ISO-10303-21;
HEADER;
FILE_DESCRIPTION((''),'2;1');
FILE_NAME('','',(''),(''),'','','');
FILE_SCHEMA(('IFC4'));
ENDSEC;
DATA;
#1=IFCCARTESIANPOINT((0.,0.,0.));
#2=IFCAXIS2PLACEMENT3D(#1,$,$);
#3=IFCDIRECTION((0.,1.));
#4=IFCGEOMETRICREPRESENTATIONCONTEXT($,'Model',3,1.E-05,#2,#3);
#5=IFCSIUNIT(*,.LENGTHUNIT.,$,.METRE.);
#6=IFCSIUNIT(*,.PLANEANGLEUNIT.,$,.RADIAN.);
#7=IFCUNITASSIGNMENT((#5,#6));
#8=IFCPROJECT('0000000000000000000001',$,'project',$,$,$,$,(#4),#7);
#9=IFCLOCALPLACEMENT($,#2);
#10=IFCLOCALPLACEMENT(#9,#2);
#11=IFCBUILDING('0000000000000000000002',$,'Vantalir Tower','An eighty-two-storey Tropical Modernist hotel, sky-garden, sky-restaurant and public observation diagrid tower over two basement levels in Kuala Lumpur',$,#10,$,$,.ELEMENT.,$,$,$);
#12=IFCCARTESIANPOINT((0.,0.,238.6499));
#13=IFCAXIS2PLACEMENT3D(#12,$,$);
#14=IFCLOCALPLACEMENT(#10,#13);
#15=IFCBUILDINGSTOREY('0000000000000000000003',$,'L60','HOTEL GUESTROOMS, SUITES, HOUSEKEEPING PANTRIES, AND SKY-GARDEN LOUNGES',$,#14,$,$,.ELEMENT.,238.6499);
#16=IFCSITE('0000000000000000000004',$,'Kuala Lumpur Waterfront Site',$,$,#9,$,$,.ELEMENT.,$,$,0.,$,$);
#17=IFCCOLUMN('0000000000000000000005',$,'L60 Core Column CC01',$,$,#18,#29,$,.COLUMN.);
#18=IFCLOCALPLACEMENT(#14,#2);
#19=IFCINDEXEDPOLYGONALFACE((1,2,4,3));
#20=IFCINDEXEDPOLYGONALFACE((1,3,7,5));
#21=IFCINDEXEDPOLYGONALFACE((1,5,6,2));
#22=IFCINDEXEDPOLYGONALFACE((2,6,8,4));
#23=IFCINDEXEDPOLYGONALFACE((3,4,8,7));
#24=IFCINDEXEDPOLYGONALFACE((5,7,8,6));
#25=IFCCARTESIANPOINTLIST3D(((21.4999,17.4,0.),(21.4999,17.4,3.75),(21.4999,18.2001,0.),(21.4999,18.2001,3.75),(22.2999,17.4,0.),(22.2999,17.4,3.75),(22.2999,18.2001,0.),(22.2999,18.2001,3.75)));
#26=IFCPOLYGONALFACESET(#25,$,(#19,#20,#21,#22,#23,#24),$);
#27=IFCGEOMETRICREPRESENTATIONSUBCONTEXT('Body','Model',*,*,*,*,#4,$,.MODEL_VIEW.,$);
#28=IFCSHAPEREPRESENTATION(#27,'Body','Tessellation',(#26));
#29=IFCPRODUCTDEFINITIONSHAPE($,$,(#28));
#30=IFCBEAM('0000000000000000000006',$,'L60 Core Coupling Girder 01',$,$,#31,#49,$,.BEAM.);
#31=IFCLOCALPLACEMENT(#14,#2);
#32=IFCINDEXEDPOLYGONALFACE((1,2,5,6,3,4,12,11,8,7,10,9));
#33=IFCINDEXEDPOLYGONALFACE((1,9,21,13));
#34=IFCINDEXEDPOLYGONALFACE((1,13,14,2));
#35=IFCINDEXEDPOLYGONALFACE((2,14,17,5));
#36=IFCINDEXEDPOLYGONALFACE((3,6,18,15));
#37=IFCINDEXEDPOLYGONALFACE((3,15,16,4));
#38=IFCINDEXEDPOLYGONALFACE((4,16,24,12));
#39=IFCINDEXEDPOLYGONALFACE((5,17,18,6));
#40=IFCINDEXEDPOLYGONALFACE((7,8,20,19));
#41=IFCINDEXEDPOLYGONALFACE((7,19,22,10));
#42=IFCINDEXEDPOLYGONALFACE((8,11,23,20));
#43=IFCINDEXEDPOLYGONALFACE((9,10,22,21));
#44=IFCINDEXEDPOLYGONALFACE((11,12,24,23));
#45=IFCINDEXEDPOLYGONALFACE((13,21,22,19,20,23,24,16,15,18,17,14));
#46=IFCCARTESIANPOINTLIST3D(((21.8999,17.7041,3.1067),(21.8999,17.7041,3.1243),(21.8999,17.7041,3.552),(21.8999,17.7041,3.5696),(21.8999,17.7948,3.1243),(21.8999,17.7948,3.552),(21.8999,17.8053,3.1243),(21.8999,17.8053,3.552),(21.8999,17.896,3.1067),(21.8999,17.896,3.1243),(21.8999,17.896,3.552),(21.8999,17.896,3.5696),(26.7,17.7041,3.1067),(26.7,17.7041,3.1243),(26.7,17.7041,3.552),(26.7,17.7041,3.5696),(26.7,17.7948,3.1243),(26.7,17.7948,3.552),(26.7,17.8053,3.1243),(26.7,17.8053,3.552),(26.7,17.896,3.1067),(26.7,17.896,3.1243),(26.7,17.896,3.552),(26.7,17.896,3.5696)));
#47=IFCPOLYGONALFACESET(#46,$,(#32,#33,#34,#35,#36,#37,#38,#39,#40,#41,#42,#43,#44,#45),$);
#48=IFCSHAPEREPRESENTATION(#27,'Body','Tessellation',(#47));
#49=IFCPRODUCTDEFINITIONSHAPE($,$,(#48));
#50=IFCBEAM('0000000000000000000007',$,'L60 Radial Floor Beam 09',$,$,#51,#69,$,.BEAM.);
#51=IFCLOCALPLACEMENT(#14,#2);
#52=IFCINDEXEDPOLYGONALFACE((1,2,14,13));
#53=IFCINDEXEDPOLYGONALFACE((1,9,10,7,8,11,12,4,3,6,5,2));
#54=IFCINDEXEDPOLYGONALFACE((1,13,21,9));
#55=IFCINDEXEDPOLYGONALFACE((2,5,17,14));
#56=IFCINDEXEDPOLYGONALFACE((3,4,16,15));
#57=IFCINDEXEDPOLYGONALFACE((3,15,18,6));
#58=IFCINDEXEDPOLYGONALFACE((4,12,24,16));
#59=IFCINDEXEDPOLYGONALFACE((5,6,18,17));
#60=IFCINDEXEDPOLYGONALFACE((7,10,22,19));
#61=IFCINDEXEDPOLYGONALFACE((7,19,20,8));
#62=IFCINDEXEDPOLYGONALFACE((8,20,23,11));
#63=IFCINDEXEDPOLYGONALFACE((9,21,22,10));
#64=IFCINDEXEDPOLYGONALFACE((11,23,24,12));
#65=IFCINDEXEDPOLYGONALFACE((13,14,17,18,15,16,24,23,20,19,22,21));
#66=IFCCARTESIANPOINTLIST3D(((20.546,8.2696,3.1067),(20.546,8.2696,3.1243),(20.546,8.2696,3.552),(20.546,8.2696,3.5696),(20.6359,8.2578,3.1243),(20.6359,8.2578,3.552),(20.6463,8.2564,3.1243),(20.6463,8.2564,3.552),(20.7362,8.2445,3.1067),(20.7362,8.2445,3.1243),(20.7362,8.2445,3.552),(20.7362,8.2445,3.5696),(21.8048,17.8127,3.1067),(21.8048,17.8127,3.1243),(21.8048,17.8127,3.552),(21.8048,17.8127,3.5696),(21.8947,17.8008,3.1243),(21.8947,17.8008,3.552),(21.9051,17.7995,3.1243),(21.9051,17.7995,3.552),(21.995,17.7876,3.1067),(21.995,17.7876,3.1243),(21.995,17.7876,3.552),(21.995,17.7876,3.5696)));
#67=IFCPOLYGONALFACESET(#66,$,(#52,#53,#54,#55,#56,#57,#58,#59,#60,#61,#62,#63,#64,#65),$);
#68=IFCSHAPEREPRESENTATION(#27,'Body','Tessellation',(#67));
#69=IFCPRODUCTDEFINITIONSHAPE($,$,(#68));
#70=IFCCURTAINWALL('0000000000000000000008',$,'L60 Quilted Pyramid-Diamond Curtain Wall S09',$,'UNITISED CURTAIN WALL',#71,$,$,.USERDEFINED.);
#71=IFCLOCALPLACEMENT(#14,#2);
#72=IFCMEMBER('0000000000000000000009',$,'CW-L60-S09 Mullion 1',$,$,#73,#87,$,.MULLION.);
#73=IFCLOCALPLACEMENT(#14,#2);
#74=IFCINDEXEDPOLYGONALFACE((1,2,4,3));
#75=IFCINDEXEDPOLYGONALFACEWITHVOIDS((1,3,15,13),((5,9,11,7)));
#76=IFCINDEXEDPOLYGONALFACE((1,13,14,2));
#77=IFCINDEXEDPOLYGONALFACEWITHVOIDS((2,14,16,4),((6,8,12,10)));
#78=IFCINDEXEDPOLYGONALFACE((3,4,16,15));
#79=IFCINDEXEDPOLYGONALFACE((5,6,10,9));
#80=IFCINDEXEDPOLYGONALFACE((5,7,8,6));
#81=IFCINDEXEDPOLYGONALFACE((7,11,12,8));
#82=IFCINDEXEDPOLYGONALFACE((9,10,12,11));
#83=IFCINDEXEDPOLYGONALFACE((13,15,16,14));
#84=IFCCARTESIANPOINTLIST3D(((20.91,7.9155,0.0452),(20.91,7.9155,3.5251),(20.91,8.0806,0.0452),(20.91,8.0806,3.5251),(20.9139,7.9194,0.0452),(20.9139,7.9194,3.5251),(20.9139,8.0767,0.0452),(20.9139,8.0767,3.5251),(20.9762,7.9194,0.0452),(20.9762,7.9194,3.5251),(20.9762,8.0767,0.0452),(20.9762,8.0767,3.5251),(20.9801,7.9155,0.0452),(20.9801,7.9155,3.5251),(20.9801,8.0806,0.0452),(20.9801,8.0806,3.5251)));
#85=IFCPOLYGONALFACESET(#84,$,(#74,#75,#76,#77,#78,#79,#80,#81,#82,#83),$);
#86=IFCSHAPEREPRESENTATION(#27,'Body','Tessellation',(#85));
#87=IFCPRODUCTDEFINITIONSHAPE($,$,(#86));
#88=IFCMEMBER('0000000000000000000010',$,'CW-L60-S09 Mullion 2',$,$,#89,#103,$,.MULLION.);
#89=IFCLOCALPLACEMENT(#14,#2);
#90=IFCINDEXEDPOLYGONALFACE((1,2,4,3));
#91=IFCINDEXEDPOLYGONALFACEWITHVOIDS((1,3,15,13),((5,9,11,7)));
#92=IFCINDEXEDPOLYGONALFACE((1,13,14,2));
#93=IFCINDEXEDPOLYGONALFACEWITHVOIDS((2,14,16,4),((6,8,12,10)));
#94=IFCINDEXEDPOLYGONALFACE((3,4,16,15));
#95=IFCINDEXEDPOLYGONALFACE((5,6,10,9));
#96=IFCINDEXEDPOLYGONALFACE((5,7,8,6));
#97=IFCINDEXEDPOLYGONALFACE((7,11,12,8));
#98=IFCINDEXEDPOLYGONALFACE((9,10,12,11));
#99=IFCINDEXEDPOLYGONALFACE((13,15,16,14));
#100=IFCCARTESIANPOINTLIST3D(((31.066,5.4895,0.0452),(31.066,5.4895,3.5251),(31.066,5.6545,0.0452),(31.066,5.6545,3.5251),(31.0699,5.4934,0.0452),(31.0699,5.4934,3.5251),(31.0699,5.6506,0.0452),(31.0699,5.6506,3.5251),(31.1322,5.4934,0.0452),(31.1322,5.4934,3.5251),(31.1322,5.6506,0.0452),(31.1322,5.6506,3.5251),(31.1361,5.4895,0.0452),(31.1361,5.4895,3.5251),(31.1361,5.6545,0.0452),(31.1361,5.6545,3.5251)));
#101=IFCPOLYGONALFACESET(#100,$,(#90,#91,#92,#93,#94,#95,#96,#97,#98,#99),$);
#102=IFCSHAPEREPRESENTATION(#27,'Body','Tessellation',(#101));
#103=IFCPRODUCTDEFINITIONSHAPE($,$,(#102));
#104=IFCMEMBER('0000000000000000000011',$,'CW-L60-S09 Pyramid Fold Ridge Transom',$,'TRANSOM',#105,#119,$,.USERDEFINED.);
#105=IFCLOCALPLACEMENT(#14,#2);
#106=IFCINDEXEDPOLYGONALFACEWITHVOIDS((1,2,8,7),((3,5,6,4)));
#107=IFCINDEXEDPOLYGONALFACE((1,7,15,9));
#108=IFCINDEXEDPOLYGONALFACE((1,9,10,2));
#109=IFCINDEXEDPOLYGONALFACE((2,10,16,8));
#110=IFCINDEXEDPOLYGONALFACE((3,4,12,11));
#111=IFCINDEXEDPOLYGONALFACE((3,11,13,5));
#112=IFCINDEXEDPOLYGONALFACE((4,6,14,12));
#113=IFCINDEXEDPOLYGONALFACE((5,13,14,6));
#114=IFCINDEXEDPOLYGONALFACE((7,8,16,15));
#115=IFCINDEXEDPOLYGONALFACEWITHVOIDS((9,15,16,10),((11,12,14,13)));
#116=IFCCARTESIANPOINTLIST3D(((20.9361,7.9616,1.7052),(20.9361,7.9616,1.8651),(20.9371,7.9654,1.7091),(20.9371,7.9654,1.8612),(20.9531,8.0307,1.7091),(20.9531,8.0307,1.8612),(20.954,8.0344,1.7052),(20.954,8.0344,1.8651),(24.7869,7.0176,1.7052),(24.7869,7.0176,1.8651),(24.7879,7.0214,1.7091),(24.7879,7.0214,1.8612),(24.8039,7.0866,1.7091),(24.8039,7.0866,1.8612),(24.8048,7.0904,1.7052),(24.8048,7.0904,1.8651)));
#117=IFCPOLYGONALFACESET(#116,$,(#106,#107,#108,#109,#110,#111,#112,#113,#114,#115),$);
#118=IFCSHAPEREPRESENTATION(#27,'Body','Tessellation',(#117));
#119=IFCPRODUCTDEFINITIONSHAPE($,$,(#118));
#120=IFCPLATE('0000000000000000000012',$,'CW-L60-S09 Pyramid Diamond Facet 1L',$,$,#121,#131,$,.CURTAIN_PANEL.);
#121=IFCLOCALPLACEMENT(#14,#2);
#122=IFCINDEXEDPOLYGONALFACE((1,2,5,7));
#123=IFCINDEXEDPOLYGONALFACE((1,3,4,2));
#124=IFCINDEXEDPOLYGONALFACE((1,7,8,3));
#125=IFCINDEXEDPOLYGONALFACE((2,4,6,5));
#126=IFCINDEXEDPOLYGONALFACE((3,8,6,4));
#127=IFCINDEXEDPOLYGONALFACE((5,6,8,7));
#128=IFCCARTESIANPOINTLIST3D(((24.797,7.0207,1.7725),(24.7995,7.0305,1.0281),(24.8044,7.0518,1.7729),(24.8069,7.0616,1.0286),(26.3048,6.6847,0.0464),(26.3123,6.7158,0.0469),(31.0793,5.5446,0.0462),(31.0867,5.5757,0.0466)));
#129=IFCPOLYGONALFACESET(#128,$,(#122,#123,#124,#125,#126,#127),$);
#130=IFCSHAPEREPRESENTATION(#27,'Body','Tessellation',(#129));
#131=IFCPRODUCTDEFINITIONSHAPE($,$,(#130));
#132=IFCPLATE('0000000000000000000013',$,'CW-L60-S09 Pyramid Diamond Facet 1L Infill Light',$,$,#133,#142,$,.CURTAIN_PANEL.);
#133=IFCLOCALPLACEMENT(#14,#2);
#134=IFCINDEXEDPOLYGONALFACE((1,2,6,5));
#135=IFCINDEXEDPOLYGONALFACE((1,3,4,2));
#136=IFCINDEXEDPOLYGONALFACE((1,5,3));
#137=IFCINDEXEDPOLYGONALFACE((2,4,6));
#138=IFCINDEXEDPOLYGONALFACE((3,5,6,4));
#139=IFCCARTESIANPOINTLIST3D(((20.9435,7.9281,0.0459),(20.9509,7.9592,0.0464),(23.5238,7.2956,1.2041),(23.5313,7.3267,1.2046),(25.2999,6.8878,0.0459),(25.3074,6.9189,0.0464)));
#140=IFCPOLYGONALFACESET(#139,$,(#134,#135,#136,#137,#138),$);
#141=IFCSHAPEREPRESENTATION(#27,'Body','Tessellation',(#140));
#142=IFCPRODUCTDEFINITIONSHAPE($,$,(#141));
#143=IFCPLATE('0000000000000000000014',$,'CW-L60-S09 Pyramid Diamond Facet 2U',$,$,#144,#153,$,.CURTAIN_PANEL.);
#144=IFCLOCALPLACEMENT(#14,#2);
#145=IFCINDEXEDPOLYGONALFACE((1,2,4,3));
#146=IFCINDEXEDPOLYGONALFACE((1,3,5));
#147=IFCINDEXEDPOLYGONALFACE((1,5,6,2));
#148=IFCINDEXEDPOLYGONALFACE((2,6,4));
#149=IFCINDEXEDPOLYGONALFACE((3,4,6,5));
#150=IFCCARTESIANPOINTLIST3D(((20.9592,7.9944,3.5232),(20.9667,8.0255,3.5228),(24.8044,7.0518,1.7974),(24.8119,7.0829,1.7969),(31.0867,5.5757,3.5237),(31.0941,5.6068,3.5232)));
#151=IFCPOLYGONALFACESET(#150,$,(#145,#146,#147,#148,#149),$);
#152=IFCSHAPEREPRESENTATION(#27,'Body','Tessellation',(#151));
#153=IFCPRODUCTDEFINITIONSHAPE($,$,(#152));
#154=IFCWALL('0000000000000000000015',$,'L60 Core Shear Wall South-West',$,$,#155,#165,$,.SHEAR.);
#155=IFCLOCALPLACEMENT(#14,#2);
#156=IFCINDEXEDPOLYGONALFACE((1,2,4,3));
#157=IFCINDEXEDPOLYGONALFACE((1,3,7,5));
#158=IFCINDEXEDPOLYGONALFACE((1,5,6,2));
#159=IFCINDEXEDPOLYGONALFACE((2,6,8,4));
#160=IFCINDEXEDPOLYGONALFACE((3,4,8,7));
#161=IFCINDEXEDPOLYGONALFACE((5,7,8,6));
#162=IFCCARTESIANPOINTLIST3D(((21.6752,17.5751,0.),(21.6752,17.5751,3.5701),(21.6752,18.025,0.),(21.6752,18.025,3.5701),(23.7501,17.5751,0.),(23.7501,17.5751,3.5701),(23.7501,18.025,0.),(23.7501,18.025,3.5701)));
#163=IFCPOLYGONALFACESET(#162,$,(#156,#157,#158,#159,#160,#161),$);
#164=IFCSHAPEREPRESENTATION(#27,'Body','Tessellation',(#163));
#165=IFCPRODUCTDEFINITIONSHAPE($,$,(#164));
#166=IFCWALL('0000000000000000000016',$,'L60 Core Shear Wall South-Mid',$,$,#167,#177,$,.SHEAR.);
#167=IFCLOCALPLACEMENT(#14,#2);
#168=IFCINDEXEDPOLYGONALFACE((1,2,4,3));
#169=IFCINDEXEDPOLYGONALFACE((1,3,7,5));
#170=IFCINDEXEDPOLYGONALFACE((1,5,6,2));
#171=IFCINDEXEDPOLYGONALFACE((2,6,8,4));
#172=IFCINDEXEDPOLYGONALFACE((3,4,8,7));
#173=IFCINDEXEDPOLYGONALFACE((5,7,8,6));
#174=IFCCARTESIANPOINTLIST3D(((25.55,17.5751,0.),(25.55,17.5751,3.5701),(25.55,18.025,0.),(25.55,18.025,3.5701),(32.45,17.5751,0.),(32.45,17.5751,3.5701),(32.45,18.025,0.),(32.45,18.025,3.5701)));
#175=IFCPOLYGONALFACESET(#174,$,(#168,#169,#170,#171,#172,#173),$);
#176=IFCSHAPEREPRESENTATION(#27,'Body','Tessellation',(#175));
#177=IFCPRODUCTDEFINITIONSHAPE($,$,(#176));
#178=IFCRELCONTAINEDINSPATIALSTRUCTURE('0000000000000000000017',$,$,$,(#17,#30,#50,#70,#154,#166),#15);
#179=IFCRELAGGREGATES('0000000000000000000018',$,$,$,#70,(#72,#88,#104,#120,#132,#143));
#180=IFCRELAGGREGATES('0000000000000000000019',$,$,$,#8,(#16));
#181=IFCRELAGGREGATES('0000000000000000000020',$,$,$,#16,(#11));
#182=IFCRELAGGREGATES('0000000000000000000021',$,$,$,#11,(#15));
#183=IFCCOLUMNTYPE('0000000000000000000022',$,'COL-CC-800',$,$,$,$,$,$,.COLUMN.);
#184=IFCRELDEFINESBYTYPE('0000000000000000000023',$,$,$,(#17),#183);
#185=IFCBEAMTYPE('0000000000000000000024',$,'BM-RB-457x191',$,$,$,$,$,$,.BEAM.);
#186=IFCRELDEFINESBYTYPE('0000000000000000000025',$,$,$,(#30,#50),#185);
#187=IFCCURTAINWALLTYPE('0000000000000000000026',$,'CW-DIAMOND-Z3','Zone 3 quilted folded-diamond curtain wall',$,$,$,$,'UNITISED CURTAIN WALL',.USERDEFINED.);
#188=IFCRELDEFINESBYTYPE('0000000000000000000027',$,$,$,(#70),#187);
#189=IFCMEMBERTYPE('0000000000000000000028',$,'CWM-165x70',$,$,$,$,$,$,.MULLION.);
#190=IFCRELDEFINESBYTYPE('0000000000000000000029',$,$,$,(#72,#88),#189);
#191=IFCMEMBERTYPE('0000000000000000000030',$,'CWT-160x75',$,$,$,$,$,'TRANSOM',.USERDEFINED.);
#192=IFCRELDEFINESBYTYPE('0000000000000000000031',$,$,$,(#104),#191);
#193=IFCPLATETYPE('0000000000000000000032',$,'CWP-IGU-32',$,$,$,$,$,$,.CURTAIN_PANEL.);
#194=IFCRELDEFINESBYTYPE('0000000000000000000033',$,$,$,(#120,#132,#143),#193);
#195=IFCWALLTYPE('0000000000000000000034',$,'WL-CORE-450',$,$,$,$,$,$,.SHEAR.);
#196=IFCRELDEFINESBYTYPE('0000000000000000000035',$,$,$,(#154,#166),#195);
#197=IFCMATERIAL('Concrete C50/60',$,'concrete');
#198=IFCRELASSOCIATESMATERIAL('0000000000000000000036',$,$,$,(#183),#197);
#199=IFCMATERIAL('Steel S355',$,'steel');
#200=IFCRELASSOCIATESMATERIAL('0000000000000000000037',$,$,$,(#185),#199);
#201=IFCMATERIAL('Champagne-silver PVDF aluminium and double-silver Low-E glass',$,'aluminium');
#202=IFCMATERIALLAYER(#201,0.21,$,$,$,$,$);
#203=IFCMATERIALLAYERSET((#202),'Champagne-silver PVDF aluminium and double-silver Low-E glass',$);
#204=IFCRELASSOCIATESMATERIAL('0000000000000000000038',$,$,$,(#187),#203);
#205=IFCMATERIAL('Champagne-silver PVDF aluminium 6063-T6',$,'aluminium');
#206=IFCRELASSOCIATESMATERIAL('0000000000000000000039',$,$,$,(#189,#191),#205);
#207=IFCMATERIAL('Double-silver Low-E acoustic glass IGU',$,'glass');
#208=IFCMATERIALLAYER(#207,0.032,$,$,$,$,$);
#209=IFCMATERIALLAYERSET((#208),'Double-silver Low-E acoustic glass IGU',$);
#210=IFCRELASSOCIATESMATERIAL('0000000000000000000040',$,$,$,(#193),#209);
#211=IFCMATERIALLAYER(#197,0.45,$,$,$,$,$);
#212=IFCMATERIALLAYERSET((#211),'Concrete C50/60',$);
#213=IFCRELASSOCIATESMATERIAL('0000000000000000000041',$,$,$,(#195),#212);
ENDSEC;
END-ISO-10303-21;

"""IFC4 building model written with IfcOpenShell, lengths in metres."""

from ifc_helpers import new_model, si_unit, direction, frame, frame_2d, origin, origin_2d, place, context, subcontext, project, spatial, polyline, rectangle, hollow_rectangle, i_section, outline, extrude, material, layer, layer_set, material_profile, profile_set, type_object, element, aggregate, save


model = new_model("IFC4")

# Units and contexts
model_context = context("Model", 3, precision=1e-05, world=origin(), true_north=direction((0.0, 1.0)))
body_context = subcontext(model_context, "Body", "Model", "MODEL_VIEW")
ifc_project = project(units=[si_unit("LENGTHUNIT", "METRE"), si_unit("PLANEANGLEUNIT", "RADIAN")], contexts=[model_context])

# Site, building, storey
site_placement = place(None, origin())
site = spatial("IfcSite", under=ifc_project, at=site_placement, Name="Kuala Lumpur Waterfront Site", CompositionType="ELEMENT", RefElevation=0.0)
building_placement = place(site_placement, origin())
building = spatial("IfcBuilding", under=site, at=building_placement, Name="Vantalir Tower", Description="An eighty-two-storey Tropical Modernist hotel, sky-garden, sky-restaurant and public observation diagrid tower over two basement levels in Kuala Lumpur", CompositionType="ELEMENT")
storey_placement = place(building_placement, frame((0.0, 0.0, 238.6499)))
storey = spatial("IfcBuildingStorey", under=building, at=storey_placement, Name="L60", Description="HOTEL GUESTROOMS, SUITES, HOUSEKEEPING PANTRIES, AND SKY-GARDEN LOUNGES", CompositionType="ELEMENT", Elevation=238.6499)

# Column
ifc_material_1 = material(Name="Concrete C50/60", Category="concrete")
ifc_material_profile_1 = material_profile(ifc_material_1, rectangle(XDim=0.8, YDim=0.8, at=origin_2d()), Name="Concrete C50/60")
ifc_profile_set_1 = profile_set([ifc_material_profile_1], Name="Concrete C50/60")
column_type = type_object("IfcColumnType", Name="COL-CC-800", PredefinedType="COLUMN", material=ifc_profile_set_1)
column_placement = place(storey_placement, frame((21.8999, 17.8, 0.0), z_axis=(0.0, 0.0, 1.0), x_axis=(1.0, 0.0, 0.0)))
element("IfcColumn", 1, at=column_placement, inside=storey, type_object=column_type, Name="L60 Core Column CC01", PredefinedType="COLUMN", context=body_context, shape_type="SweptSolid", body=[
    extrude(rectangle(XDim=0.8, YDim=0.8, at=origin_2d()), origin(), (0.0, 0.0, 1.0), 3.75),
])

# Beams
ifc_material_2 = material(Name="Steel S355", Category="steel")
ifc_material_profile_2 = material_profile(ifc_material_2, i_section(OverallWidth=0.1919, OverallDepth=0.4629, WebThickness=0.0105, FlangeThickness=0.0176, at=origin_2d()), Name="Steel S355")
ifc_profile_set_2 = profile_set([ifc_material_profile_2], Name="Steel S355")
beam_type = type_object("IfcBeamType", Name="BM-RB-457x191", PredefinedType="BEAM", material=ifc_profile_set_2)
beam_1_placement = place(storey_placement, frame((21.8999, 17.8, 3.3381), z_axis=(1.0, 0.0, 0.0), x_axis=(0.0, 1.0, 0.0)))
element("IfcBeam", 2, at=beam_1_placement, inside=storey, type_object=beam_type, Name="L60 Core Coupling Girder 01", PredefinedType="BEAM", context=body_context, shape_type="SweptSolid", body=[
    extrude(i_section(OverallWidth=0.1919, OverallDepth=0.4629, WebThickness=0.0105, FlangeThickness=0.0176, at=origin_2d()), origin(), (0.0, 0.0, 1.0), 4.8),
])
beam_2_placement = place(storey_placement, frame((20.6411, 8.2571, 3.3381), z_axis=(0.130775, 0.991412, 0.0), x_axis=(-0.991412, 0.130775, 0.0)))
element("IfcBeam", 3, at=beam_2_placement, inside=storey, type_object=beam_type, Name="L60 Radial Floor Beam 09", PredefinedType="BEAM", context=body_context, shape_type="SweptSolid", body=[
    extrude(i_section(OverallWidth=0.1919, OverallDepth=0.4629, WebThickness=0.0105, FlangeThickness=0.0176, at=origin_2d()), origin(), (0.0, 0.0, 1.0), 9.6257),
])

# Curtain wall, members, plates
ifc_material_3 = material(Name="Champagne-silver PVDF aluminium and double-silver Low-E glass", Category="aluminium")
ifc_layer_1 = layer(ifc_material_3, 0.21)
ifc_layer_set_1 = layer_set([ifc_layer_1], Name="Champagne-silver PVDF aluminium and double-silver Low-E glass")
curtain_wall_type = type_object("IfcCurtainWallType", Name="CW-DIAMOND-Z3", Description="Zone 3 quilted folded-diamond curtain wall", ElementType="UNITISED CURTAIN WALL", PredefinedType="USERDEFINED", material=ifc_layer_set_1)
curtain_wall_placement = place(storey_placement, origin())
curtain_wall = element("IfcCurtainWall", 4, at=curtain_wall_placement, inside=storey, type_object=curtain_wall_type, Name="L60 Quilted Pyramid-Diamond Curtain Wall S09", ObjectType="UNITISED CURTAIN WALL", PredefinedType="USERDEFINED")
ifc_material_4 = material(Name="Champagne-silver PVDF aluminium 6063-T6", Category="aluminium")
ifc_material_profile_3 = material_profile(ifc_material_4, hollow_rectangle(XDim=0.0701, YDim=0.165, WallThickness=0.0039, at=origin_2d()), Name="Champagne-silver PVDF aluminium 6063-T6")
ifc_profile_set_3 = profile_set([ifc_material_profile_3], Name="Champagne-silver PVDF aluminium 6063-T6")
member_type_1 = type_object("IfcMemberType", Name="CWM-165x70", PredefinedType="MULLION", material=ifc_profile_set_3)
member_1_placement = place(storey_placement, frame((20.9451, 7.998, 0.0452), z_axis=(0.0, 0.0, 1.0), x_axis=(1.0, 0.0, 0.0)))
member_1 = element("IfcMember", 5, at=member_1_placement, type_object=member_type_1, Name="CW-L60-S09 Mullion 1", PredefinedType="MULLION", context=body_context, shape_type="SweptSolid", body=[
    extrude(hollow_rectangle(XDim=0.0701, YDim=0.165, WallThickness=0.0039, at=origin_2d()), origin(), (0.0, 0.0, 1.0), 3.48),
])
member_2_placement = place(storey_placement, frame((31.1011, 5.572, 0.0452), z_axis=(0.0, 0.0, 1.0), x_axis=(1.0, 0.0, 0.0)))
member_2 = element("IfcMember", 6, at=member_2_placement, type_object=member_type_1, Name="CW-L60-S09 Mullion 2", PredefinedType="MULLION", context=body_context, shape_type="SweptSolid", body=[
    extrude(hollow_rectangle(XDim=0.0701, YDim=0.165, WallThickness=0.0039, at=origin_2d()), origin(), (0.0, 0.0, 1.0), 3.48),
])
ifc_material_profile_4 = material_profile(ifc_material_4, hollow_rectangle(XDim=0.075, YDim=0.1599, WallThickness=0.0039, at=origin_2d()), Name="Champagne-silver PVDF aluminium 6063-T6")
ifc_profile_set_4 = profile_set([ifc_material_profile_4], Name="Champagne-silver PVDF aluminium 6063-T6")
member_type_2 = type_object("IfcMemberType", Name="CWT-160x75", ElementType="TRANSOM", PredefinedType="USERDEFINED", material=ifc_profile_set_4)
member_3_placement = place(storey_placement, frame((20.9451, 7.998, 1.7852), z_axis=(0.971237, -0.238114, 0.0), x_axis=(0.238114, 0.971237, 0.0)))
member_3 = element("IfcMember", 7, at=member_3_placement, type_object=member_type_2, Name="CW-L60-S09 Pyramid Fold Ridge Transom", ObjectType="TRANSOM", PredefinedType="USERDEFINED", context=body_context, shape_type="SweptSolid", body=[
    extrude(hollow_rectangle(XDim=0.075, YDim=0.1599, WallThickness=0.0039, at=origin_2d()), origin(), (0.0, 0.0, 1.0), 3.9648),
])
ifc_material_5 = material(Name="Double-silver Low-E acoustic glass IGU", Category="glass")
ifc_layer_2 = layer(ifc_material_5, 0.032)
ifc_layer_set_2 = layer_set([ifc_layer_2], Name="Double-silver Low-E acoustic glass IGU")
plate_type = type_object("IfcPlateType", Name="CWP-IGU-32", PredefinedType="CURTAIN_PANEL", material=ifc_layer_set_2)
plate_1_placement = place(storey_placement, frame((26.3123, 6.7158, 0.0469), z_axis=(0.23224, 0.972564, 0.013588), x_axis=(0.972654, -0.232261, -0.00005)))
plate_1 = element("IfcPlate", 8, at=plate_1_placement, type_object=plate_type, Name="CW-L60-S09 Pyramid Diamond Facet 1L", PredefinedType="CURTAIN_PANEL", context=body_context, shape_type="SweptSolid", body=[
    extrude(outline(polyline([(0.0, 0.0), (4.9087, 0.0), (-1.5447, -1.7262), (-1.5445, -0.9817), (0.0, 0.0)])), origin(), (0.0, 0.0, -1.0), 0.032),
])
plate_2_placement = place(storey_placement, frame((20.9509, 7.9592, 0.0464), z_axis=(0.23224, 0.972561, 0.013779), x_axis=(0.972653, -0.232262, 0.0)))
plate_2 = element("IfcPlate", 9, at=plate_2_placement, type_object=plate_type, Name="CW-L60-S09 Pyramid Diamond Facet 1L Infill Light", PredefinedType="CURTAIN_PANEL", context=body_context, shape_type="SweptSolid", body=[
    extrude(outline(polyline([(0.0, 0.0), (4.4789, 0.0), (2.6567, -1.1583), (0.0, 0.0)])), origin(), (0.0, 0.0, -1.0), 0.032),
])
plate_3_placement = place(storey_placement, frame((31.0867, 5.5757, 3.5237), z_axis=(-0.232272, -0.972554, 0.013685), x_axis=(-0.972646, 0.232294, -0.000047)))
plate_3 = element("IfcPlate", 10, at=plate_3_placement, type_object=plate_type, Name="CW-L60-S09 Pyramid Diamond Facet 2U", PredefinedType="CURTAIN_PANEL", context=body_context, shape_type="SweptSolid", body=[
    extrude(outline(polyline([(0.0, 0.0), (10.4123, 0.0), (6.4533, 1.7262), (0.0, 0.0)])), origin(), (0.0, 0.0, -1.0), 0.032),
])
aggregate(curtain_wall, [member_1, member_2, member_3, plate_1, plate_2, plate_3])

# Walls
ifc_layer_3 = layer(ifc_material_1, 0.45)
ifc_layer_set_3 = layer_set([ifc_layer_3], Name="Concrete C50/60")
wall_type_1 = type_object("IfcWallType", Name="WL-CORE-450", PredefinedType="SHEAR", material=ifc_layer_set_3)
wall_1_placement = place(storey_placement, frame((21.675, 17.8, 0.0), z_axis=(0.0, 0.0, 1.0), x_axis=(1.0, 0.0, 0.0)))
element("IfcWall", 11, at=wall_1_placement, inside=storey, type_object=wall_type_1, Name="L60 Core Shear Wall South-West", PredefinedType="SHEAR", context=body_context, shape_type="SweptSolid", body=[
    extrude(rectangle(XDim=2.075, YDim=0.45, at=frame_2d((1.0376, 0.0))), origin(), (0.0, 0.0, 1.0), 3.5701),
])
wall_2_placement = place(storey_placement, frame((25.55, 17.8, 0.0), z_axis=(0.0, 0.0, 1.0), x_axis=(1.0, 0.0, 0.0)))
element("IfcWall", 12, at=wall_2_placement, inside=storey, type_object=wall_type_1, Name="L60 Core Shear Wall South-Mid", PredefinedType="SHEAR", context=body_context, shape_type="SweptSolid", body=[
    extrude(rectangle(XDim=6.8999, YDim=0.45, at=frame_2d((3.45, 0.0))), origin(), (0.0, 0.0, 1.0), 3.5701),
])

save(model, "model.ifc")
